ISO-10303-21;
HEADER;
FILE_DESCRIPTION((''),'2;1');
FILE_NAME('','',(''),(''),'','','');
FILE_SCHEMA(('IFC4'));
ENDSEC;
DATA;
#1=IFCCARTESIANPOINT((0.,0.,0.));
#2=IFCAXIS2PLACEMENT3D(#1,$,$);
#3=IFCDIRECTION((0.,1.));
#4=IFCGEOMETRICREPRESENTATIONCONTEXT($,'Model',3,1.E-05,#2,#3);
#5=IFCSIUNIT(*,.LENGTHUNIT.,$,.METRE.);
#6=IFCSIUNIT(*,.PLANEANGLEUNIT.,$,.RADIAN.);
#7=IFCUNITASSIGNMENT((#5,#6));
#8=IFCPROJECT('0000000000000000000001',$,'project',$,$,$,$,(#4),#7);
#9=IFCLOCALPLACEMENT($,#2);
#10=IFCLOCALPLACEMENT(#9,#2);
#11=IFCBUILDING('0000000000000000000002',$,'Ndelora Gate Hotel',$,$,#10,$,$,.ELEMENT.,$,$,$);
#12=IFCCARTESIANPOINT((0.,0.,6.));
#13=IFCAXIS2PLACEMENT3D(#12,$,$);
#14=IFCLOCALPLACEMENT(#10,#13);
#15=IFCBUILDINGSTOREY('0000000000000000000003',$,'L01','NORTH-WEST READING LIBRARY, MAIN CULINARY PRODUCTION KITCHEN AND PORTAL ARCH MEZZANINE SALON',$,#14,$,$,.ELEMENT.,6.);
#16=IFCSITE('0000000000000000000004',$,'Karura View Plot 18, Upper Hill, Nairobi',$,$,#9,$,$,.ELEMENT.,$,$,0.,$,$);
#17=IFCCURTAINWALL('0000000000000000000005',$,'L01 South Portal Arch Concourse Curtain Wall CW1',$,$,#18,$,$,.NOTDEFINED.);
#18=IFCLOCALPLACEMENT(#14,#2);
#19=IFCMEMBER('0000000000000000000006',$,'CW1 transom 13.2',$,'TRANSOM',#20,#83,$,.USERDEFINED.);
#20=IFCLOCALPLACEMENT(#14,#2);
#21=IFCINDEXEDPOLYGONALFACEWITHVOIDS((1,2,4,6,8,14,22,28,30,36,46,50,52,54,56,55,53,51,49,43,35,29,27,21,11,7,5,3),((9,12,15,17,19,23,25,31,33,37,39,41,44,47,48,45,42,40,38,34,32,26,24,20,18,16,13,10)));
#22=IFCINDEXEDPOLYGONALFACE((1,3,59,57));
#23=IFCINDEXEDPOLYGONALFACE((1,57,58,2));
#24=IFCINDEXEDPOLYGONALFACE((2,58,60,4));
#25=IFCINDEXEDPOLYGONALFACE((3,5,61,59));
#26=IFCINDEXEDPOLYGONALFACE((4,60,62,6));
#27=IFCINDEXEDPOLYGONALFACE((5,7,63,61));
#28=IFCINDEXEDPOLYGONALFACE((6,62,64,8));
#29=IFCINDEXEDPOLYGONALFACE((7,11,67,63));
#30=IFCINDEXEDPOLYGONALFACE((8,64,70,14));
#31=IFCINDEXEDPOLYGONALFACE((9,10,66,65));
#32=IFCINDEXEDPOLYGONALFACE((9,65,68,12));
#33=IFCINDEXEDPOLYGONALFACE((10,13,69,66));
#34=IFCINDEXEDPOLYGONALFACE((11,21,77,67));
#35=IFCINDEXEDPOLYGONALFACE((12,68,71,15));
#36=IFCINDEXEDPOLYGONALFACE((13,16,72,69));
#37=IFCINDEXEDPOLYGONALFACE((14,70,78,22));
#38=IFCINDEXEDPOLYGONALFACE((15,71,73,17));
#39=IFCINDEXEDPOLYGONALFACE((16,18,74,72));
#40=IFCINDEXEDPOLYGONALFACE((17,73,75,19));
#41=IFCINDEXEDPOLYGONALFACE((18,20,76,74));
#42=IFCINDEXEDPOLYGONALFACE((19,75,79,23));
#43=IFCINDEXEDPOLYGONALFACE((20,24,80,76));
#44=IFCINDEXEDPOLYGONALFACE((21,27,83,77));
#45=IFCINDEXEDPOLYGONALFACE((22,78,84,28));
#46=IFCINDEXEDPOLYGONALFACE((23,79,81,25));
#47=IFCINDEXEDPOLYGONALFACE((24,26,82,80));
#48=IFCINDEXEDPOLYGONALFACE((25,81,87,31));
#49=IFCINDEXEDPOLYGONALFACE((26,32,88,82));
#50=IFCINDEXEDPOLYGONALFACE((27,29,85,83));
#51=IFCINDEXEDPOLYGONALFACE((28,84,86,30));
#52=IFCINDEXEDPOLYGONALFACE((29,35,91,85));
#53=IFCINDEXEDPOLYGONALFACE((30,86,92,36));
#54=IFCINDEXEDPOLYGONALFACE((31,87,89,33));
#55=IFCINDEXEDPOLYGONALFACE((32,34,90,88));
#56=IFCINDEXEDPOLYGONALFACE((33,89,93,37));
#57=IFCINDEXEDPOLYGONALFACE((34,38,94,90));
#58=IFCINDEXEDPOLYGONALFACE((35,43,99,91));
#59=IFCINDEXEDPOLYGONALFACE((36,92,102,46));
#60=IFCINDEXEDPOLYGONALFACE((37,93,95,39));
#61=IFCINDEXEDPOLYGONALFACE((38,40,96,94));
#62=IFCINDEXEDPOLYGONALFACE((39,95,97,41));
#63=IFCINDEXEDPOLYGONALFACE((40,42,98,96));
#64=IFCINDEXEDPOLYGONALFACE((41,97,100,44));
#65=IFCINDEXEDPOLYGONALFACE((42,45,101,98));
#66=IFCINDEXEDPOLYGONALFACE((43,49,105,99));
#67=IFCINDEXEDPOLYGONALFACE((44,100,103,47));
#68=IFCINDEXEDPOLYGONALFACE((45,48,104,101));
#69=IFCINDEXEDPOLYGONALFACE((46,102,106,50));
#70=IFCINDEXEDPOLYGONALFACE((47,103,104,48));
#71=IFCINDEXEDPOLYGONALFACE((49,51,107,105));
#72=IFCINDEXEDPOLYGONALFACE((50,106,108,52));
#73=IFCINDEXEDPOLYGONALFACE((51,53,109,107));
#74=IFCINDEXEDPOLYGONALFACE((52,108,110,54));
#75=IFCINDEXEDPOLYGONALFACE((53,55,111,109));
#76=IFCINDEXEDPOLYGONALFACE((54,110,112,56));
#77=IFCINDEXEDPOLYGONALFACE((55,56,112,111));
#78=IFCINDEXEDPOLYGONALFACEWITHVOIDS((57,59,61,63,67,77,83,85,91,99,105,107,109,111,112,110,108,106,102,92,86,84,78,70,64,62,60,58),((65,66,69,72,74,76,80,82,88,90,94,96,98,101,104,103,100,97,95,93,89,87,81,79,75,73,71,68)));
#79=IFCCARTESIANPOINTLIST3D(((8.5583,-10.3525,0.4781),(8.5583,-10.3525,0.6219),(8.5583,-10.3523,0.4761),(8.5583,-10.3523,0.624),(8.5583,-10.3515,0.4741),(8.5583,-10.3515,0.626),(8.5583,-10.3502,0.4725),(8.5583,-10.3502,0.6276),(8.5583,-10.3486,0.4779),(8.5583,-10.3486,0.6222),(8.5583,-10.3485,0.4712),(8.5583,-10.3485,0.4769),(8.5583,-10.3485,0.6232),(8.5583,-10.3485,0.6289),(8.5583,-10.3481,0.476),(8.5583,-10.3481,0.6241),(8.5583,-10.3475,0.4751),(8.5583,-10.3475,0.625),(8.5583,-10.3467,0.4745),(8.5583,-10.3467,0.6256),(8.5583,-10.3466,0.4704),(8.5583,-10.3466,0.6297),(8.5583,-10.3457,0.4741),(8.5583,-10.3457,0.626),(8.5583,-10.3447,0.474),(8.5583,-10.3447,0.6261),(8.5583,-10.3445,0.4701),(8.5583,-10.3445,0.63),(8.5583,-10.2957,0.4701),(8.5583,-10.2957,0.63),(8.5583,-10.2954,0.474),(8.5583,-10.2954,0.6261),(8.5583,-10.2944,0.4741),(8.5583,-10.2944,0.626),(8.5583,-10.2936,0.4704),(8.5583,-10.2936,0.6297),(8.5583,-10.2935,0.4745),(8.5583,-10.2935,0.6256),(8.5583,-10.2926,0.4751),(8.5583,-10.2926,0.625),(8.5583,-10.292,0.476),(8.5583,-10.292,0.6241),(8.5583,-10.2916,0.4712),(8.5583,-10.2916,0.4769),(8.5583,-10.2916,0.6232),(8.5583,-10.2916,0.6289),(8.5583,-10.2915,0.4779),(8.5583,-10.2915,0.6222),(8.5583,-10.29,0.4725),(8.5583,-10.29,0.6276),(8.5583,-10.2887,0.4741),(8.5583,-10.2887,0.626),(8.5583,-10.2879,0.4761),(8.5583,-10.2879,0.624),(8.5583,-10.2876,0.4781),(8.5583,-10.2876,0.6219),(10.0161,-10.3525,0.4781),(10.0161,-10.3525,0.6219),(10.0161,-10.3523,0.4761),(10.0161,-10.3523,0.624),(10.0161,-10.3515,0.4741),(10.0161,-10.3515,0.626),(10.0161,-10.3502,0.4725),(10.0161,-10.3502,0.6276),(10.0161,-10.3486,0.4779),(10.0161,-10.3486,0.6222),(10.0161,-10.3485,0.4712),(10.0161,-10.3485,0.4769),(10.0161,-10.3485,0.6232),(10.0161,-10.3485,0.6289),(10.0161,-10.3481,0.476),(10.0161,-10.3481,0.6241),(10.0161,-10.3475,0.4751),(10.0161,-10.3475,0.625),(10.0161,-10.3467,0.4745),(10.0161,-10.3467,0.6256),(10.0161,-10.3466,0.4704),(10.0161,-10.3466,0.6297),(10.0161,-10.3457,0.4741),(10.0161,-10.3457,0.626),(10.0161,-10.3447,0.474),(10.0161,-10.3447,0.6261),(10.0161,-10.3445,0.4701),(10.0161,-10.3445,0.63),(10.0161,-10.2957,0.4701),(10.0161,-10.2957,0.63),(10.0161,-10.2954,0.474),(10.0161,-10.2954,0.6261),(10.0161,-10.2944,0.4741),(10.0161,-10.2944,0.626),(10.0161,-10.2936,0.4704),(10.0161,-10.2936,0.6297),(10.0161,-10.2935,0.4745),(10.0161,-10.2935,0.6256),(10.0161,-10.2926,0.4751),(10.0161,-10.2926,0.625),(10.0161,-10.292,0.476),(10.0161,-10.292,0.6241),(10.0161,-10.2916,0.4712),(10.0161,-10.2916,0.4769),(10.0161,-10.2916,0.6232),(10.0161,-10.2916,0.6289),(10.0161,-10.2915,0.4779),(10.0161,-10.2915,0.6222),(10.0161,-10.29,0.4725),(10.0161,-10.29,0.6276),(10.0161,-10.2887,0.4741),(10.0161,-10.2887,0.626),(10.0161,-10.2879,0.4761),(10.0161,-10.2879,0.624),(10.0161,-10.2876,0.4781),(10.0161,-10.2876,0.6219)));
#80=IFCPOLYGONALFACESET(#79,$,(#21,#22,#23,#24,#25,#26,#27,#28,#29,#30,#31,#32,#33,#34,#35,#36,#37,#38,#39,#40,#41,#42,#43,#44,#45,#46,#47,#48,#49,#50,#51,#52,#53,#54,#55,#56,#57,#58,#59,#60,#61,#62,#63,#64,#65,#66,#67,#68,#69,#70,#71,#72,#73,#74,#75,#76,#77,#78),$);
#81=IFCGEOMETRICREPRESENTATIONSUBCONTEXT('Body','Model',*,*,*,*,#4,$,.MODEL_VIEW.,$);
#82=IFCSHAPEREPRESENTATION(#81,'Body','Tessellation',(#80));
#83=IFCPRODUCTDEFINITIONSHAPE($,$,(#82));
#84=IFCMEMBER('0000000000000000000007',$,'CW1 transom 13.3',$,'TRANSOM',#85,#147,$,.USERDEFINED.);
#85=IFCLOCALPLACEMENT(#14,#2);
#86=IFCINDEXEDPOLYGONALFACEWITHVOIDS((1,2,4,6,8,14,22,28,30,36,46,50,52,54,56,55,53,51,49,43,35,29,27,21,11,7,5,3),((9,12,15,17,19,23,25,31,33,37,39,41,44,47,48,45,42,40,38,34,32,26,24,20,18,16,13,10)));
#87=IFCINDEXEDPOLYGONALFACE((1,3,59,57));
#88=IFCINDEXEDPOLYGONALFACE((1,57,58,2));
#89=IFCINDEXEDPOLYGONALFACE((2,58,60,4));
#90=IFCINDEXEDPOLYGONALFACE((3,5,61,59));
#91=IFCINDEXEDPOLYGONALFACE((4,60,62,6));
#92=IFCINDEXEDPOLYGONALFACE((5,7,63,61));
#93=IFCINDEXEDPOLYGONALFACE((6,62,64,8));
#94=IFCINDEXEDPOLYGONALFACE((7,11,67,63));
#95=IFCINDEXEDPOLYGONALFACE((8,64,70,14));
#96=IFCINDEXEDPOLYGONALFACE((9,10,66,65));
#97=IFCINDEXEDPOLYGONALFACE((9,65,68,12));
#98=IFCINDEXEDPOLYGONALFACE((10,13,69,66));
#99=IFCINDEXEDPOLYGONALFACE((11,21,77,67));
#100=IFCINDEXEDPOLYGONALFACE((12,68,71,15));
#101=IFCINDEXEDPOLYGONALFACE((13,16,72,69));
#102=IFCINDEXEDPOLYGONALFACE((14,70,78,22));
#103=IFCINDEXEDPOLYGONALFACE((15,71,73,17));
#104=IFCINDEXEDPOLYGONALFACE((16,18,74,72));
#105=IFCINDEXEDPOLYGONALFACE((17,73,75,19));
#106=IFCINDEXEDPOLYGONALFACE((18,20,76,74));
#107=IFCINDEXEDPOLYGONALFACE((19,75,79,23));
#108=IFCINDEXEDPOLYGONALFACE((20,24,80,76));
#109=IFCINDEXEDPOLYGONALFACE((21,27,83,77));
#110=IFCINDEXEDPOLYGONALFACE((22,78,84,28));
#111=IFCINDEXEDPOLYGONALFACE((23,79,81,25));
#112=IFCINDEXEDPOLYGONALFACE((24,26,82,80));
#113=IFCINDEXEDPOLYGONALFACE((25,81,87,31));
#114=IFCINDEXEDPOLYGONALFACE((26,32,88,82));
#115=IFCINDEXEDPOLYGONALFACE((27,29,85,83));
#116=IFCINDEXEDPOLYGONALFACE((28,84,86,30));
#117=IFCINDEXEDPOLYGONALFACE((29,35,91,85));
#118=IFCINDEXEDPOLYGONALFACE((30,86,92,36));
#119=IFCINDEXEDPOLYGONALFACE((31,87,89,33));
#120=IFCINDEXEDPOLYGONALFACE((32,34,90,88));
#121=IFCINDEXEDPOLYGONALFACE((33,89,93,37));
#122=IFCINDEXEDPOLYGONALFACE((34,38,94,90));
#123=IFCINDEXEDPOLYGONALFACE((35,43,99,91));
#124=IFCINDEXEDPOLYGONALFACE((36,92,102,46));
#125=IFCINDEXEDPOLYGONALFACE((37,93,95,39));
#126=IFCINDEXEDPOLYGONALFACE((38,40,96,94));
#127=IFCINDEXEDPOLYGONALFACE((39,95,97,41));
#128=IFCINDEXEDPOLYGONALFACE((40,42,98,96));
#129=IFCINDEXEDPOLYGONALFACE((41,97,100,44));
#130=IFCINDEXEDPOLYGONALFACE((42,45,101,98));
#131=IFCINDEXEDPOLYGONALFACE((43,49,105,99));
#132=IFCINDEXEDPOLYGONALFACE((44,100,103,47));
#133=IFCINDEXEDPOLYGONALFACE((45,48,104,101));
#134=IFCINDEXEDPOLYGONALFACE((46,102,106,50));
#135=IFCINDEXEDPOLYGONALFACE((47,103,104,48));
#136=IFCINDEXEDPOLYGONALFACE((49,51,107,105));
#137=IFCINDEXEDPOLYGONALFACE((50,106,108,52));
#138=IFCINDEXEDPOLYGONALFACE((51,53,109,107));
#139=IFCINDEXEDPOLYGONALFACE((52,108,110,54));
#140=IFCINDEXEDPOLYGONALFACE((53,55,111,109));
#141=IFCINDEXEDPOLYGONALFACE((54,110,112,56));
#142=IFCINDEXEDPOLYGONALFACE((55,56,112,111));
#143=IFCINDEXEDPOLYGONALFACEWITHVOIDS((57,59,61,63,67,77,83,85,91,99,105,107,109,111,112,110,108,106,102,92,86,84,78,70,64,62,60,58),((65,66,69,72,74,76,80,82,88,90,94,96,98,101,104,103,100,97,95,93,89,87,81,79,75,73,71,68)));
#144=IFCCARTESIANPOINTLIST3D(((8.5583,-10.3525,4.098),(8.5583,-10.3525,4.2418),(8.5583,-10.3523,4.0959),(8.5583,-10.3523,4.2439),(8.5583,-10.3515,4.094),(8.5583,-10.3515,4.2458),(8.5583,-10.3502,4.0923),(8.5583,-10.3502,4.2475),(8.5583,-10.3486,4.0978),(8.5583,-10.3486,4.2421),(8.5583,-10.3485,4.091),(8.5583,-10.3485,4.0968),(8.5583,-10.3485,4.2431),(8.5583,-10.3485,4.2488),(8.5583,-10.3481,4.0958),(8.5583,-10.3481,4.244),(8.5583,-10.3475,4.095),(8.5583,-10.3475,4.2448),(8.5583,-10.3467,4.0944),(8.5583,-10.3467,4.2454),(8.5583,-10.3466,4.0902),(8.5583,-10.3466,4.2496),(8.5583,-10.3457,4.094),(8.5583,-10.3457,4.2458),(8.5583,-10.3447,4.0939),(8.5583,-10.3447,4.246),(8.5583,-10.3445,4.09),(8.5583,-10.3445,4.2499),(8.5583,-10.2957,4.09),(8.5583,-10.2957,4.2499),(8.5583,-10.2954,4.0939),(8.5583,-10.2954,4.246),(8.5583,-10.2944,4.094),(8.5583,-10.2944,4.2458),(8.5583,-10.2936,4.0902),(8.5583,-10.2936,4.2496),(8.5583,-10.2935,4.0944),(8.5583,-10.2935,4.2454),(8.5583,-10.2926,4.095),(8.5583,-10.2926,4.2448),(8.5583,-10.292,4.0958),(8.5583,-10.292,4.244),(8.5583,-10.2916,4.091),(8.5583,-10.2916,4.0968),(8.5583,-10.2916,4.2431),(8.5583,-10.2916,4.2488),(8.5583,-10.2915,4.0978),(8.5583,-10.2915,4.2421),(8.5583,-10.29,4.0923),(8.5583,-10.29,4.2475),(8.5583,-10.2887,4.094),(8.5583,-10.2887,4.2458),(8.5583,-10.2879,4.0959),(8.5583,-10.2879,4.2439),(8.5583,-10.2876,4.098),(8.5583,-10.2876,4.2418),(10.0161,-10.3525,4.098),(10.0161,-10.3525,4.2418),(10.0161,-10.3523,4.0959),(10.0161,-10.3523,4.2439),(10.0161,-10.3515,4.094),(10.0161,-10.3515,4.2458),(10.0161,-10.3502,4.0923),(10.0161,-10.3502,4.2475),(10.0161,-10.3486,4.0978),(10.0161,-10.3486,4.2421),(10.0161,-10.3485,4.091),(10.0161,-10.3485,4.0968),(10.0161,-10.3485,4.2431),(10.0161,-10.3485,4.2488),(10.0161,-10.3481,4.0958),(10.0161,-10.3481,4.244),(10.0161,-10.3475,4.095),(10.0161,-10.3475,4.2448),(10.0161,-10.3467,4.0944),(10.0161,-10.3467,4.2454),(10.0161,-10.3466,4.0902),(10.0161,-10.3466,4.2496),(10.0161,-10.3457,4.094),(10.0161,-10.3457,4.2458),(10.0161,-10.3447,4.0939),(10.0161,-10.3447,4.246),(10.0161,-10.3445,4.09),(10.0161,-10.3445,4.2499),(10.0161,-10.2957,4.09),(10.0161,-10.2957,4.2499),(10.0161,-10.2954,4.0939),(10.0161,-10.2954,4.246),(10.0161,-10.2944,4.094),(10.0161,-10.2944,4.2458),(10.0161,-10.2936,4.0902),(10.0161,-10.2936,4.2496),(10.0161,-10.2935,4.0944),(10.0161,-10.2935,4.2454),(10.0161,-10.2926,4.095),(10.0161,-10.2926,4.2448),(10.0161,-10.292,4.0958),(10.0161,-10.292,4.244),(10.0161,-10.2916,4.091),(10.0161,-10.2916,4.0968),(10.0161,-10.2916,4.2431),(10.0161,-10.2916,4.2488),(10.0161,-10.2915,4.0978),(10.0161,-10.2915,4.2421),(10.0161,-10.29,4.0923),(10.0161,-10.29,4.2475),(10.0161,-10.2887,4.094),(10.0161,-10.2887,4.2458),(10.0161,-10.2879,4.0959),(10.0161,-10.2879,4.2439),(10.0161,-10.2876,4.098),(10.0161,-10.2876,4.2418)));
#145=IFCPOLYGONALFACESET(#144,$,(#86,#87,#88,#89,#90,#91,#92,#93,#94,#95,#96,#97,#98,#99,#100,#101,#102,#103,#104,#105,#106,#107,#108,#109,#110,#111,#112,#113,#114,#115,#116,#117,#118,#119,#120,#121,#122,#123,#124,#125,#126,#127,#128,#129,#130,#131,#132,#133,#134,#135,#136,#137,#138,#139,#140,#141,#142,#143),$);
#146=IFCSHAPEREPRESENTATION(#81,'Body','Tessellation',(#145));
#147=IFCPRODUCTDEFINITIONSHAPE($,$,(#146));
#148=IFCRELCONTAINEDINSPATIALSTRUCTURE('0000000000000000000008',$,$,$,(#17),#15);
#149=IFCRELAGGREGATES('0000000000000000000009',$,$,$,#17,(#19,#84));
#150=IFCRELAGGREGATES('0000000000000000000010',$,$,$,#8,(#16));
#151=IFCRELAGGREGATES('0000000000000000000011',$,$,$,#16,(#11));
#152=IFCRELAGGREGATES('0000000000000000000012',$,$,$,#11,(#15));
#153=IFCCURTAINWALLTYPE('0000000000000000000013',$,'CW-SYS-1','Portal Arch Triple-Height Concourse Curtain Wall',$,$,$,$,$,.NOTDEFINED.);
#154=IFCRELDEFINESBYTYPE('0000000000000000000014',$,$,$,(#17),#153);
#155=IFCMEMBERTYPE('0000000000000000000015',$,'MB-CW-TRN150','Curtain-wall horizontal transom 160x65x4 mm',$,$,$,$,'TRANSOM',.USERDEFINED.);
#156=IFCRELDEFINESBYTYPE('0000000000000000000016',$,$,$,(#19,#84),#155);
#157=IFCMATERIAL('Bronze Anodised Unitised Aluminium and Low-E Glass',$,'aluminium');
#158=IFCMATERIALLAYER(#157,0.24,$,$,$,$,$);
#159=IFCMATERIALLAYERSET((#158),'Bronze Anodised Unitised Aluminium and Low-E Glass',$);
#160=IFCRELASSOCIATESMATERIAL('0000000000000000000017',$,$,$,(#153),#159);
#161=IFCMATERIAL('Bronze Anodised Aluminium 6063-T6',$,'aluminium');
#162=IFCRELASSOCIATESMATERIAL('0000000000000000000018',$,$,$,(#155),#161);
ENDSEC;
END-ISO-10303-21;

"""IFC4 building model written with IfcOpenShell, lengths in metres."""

from ifc_helpers import new_model, si_unit, direction, frame, origin, origin_2d, place, context, subcontext, project, spatial, hollow_rectangle, extrude, material, layer, layer_set, material_profile, profile_set, type_object, element, aggregate, save


model = new_model("IFC4")

# Units and contexts
model_context = context("Model", 3, precision=1e-05, world=origin(), true_north=direction((0.0, 1.0)))
body_context = subcontext(model_context, "Body", "Model", "MODEL_VIEW")
ifc_project = project(units=[si_unit("LENGTHUNIT", "METRE"), si_unit("PLANEANGLEUNIT", "RADIAN")], contexts=[model_context])

# Site, building, storey
site_placement = place(None, origin())
site = spatial("IfcSite", under=ifc_project, at=site_placement, Name="Karura View Plot 18, Upper Hill, Nairobi", CompositionType="ELEMENT", RefElevation=0.0)
building_placement = place(site_placement, origin())
building = spatial("IfcBuilding", under=site, at=building_placement, Name="Ndelora Gate Hotel", CompositionType="ELEMENT")
storey_placement = place(building_placement, frame((0.0, 0.0, 6.0)))
storey = spatial("IfcBuildingStorey", under=building, at=storey_placement, Name="L01", Description="NORTH-WEST READING LIBRARY, MAIN CULINARY PRODUCTION KITCHEN AND PORTAL ARCH MEZZANINE SALON", CompositionType="ELEMENT", Elevation=6.0)

# Curtain wall, members
ifc_material_1 = material(Name="Bronze Anodised Unitised Aluminium and Low-E Glass", Category="aluminium")
ifc_layer_1 = layer(ifc_material_1, 0.24)
ifc_layer_set_1 = layer_set([ifc_layer_1], Name="Bronze Anodised Unitised Aluminium and Low-E Glass")
curtain_wall_type = type_object("IfcCurtainWallType", Name="CW-SYS-1", Description="Portal Arch Triple-Height Concourse Curtain Wall", PredefinedType="NOTDEFINED", material=ifc_layer_set_1)
curtain_wall_placement = place(storey_placement, origin())
curtain_wall = element("IfcCurtainWall", 1, at=curtain_wall_placement, inside=storey, type_object=curtain_wall_type, Name="L01 South Portal Arch Concourse Curtain Wall CW1", PredefinedType="NOTDEFINED")
ifc_material_2 = material(Name="Bronze Anodised Aluminium 6063-T6", Category="aluminium")
ifc_material_profile_1 = material_profile(ifc_material_2, hollow_rectangle(XDim=0.0649, YDim=0.1599, WallThickness=0.0039, InnerFilletRadius=0.0039, OuterFilletRadius=0.0081, at=origin_2d()), Name="ALU 160x65x4")
ifc_profile_set_1 = profile_set([ifc_material_profile_1], Name="Bronze Anodised Aluminium 6063-T6")
member_type_1 = type_object("IfcMemberType", Name="MB-CW-TRN150", Description="Curtain-wall horizontal transom 160x65x4 mm", ElementType="TRANSOM", PredefinedType="USERDEFINED", material=ifc_profile_set_1)
member_1_placement = place(storey_placement, frame((8.5583, -10.3201, 0.55), z_axis=(1.0, 0.0, 0.0), x_axis=(0.0, 1.0, 0.0)))
member_1 = element("IfcMember", 2, at=member_1_placement, type_object=member_type_1, Name="CW1 transom 13.2", ObjectType="TRANSOM", PredefinedType="USERDEFINED", context=body_context, shape_type="SweptSolid", body=[
    extrude(hollow_rectangle(XDim=0.0649, YDim=0.1599, WallThickness=0.0039, InnerFilletRadius=0.0039, OuterFilletRadius=0.0081, at=origin_2d()), origin(), (0.0, 0.0, 1.0), 1.4578),
])
member_2_placement = place(storey_placement, frame((8.5583, -10.3201, 4.1699), z_axis=(1.0, 0.0, 0.0), x_axis=(0.0, 1.0, 0.0)))
member_2 = element("IfcMember", 3, at=member_2_placement, type_object=member_type_1, Name="CW1 transom 13.3", ObjectType="TRANSOM", PredefinedType="USERDEFINED", context=body_context, shape_type="SweptSolid", body=[
    extrude(hollow_rectangle(XDim=0.0649, YDim=0.1599, WallThickness=0.0039, InnerFilletRadius=0.0039, OuterFilletRadius=0.0081, at=origin_2d()), origin(), (0.0, 0.0, 1.0), 1.4578),
])
aggregate(curtain_wall, [member_1, member_2])

save(model, "model.ifc")
